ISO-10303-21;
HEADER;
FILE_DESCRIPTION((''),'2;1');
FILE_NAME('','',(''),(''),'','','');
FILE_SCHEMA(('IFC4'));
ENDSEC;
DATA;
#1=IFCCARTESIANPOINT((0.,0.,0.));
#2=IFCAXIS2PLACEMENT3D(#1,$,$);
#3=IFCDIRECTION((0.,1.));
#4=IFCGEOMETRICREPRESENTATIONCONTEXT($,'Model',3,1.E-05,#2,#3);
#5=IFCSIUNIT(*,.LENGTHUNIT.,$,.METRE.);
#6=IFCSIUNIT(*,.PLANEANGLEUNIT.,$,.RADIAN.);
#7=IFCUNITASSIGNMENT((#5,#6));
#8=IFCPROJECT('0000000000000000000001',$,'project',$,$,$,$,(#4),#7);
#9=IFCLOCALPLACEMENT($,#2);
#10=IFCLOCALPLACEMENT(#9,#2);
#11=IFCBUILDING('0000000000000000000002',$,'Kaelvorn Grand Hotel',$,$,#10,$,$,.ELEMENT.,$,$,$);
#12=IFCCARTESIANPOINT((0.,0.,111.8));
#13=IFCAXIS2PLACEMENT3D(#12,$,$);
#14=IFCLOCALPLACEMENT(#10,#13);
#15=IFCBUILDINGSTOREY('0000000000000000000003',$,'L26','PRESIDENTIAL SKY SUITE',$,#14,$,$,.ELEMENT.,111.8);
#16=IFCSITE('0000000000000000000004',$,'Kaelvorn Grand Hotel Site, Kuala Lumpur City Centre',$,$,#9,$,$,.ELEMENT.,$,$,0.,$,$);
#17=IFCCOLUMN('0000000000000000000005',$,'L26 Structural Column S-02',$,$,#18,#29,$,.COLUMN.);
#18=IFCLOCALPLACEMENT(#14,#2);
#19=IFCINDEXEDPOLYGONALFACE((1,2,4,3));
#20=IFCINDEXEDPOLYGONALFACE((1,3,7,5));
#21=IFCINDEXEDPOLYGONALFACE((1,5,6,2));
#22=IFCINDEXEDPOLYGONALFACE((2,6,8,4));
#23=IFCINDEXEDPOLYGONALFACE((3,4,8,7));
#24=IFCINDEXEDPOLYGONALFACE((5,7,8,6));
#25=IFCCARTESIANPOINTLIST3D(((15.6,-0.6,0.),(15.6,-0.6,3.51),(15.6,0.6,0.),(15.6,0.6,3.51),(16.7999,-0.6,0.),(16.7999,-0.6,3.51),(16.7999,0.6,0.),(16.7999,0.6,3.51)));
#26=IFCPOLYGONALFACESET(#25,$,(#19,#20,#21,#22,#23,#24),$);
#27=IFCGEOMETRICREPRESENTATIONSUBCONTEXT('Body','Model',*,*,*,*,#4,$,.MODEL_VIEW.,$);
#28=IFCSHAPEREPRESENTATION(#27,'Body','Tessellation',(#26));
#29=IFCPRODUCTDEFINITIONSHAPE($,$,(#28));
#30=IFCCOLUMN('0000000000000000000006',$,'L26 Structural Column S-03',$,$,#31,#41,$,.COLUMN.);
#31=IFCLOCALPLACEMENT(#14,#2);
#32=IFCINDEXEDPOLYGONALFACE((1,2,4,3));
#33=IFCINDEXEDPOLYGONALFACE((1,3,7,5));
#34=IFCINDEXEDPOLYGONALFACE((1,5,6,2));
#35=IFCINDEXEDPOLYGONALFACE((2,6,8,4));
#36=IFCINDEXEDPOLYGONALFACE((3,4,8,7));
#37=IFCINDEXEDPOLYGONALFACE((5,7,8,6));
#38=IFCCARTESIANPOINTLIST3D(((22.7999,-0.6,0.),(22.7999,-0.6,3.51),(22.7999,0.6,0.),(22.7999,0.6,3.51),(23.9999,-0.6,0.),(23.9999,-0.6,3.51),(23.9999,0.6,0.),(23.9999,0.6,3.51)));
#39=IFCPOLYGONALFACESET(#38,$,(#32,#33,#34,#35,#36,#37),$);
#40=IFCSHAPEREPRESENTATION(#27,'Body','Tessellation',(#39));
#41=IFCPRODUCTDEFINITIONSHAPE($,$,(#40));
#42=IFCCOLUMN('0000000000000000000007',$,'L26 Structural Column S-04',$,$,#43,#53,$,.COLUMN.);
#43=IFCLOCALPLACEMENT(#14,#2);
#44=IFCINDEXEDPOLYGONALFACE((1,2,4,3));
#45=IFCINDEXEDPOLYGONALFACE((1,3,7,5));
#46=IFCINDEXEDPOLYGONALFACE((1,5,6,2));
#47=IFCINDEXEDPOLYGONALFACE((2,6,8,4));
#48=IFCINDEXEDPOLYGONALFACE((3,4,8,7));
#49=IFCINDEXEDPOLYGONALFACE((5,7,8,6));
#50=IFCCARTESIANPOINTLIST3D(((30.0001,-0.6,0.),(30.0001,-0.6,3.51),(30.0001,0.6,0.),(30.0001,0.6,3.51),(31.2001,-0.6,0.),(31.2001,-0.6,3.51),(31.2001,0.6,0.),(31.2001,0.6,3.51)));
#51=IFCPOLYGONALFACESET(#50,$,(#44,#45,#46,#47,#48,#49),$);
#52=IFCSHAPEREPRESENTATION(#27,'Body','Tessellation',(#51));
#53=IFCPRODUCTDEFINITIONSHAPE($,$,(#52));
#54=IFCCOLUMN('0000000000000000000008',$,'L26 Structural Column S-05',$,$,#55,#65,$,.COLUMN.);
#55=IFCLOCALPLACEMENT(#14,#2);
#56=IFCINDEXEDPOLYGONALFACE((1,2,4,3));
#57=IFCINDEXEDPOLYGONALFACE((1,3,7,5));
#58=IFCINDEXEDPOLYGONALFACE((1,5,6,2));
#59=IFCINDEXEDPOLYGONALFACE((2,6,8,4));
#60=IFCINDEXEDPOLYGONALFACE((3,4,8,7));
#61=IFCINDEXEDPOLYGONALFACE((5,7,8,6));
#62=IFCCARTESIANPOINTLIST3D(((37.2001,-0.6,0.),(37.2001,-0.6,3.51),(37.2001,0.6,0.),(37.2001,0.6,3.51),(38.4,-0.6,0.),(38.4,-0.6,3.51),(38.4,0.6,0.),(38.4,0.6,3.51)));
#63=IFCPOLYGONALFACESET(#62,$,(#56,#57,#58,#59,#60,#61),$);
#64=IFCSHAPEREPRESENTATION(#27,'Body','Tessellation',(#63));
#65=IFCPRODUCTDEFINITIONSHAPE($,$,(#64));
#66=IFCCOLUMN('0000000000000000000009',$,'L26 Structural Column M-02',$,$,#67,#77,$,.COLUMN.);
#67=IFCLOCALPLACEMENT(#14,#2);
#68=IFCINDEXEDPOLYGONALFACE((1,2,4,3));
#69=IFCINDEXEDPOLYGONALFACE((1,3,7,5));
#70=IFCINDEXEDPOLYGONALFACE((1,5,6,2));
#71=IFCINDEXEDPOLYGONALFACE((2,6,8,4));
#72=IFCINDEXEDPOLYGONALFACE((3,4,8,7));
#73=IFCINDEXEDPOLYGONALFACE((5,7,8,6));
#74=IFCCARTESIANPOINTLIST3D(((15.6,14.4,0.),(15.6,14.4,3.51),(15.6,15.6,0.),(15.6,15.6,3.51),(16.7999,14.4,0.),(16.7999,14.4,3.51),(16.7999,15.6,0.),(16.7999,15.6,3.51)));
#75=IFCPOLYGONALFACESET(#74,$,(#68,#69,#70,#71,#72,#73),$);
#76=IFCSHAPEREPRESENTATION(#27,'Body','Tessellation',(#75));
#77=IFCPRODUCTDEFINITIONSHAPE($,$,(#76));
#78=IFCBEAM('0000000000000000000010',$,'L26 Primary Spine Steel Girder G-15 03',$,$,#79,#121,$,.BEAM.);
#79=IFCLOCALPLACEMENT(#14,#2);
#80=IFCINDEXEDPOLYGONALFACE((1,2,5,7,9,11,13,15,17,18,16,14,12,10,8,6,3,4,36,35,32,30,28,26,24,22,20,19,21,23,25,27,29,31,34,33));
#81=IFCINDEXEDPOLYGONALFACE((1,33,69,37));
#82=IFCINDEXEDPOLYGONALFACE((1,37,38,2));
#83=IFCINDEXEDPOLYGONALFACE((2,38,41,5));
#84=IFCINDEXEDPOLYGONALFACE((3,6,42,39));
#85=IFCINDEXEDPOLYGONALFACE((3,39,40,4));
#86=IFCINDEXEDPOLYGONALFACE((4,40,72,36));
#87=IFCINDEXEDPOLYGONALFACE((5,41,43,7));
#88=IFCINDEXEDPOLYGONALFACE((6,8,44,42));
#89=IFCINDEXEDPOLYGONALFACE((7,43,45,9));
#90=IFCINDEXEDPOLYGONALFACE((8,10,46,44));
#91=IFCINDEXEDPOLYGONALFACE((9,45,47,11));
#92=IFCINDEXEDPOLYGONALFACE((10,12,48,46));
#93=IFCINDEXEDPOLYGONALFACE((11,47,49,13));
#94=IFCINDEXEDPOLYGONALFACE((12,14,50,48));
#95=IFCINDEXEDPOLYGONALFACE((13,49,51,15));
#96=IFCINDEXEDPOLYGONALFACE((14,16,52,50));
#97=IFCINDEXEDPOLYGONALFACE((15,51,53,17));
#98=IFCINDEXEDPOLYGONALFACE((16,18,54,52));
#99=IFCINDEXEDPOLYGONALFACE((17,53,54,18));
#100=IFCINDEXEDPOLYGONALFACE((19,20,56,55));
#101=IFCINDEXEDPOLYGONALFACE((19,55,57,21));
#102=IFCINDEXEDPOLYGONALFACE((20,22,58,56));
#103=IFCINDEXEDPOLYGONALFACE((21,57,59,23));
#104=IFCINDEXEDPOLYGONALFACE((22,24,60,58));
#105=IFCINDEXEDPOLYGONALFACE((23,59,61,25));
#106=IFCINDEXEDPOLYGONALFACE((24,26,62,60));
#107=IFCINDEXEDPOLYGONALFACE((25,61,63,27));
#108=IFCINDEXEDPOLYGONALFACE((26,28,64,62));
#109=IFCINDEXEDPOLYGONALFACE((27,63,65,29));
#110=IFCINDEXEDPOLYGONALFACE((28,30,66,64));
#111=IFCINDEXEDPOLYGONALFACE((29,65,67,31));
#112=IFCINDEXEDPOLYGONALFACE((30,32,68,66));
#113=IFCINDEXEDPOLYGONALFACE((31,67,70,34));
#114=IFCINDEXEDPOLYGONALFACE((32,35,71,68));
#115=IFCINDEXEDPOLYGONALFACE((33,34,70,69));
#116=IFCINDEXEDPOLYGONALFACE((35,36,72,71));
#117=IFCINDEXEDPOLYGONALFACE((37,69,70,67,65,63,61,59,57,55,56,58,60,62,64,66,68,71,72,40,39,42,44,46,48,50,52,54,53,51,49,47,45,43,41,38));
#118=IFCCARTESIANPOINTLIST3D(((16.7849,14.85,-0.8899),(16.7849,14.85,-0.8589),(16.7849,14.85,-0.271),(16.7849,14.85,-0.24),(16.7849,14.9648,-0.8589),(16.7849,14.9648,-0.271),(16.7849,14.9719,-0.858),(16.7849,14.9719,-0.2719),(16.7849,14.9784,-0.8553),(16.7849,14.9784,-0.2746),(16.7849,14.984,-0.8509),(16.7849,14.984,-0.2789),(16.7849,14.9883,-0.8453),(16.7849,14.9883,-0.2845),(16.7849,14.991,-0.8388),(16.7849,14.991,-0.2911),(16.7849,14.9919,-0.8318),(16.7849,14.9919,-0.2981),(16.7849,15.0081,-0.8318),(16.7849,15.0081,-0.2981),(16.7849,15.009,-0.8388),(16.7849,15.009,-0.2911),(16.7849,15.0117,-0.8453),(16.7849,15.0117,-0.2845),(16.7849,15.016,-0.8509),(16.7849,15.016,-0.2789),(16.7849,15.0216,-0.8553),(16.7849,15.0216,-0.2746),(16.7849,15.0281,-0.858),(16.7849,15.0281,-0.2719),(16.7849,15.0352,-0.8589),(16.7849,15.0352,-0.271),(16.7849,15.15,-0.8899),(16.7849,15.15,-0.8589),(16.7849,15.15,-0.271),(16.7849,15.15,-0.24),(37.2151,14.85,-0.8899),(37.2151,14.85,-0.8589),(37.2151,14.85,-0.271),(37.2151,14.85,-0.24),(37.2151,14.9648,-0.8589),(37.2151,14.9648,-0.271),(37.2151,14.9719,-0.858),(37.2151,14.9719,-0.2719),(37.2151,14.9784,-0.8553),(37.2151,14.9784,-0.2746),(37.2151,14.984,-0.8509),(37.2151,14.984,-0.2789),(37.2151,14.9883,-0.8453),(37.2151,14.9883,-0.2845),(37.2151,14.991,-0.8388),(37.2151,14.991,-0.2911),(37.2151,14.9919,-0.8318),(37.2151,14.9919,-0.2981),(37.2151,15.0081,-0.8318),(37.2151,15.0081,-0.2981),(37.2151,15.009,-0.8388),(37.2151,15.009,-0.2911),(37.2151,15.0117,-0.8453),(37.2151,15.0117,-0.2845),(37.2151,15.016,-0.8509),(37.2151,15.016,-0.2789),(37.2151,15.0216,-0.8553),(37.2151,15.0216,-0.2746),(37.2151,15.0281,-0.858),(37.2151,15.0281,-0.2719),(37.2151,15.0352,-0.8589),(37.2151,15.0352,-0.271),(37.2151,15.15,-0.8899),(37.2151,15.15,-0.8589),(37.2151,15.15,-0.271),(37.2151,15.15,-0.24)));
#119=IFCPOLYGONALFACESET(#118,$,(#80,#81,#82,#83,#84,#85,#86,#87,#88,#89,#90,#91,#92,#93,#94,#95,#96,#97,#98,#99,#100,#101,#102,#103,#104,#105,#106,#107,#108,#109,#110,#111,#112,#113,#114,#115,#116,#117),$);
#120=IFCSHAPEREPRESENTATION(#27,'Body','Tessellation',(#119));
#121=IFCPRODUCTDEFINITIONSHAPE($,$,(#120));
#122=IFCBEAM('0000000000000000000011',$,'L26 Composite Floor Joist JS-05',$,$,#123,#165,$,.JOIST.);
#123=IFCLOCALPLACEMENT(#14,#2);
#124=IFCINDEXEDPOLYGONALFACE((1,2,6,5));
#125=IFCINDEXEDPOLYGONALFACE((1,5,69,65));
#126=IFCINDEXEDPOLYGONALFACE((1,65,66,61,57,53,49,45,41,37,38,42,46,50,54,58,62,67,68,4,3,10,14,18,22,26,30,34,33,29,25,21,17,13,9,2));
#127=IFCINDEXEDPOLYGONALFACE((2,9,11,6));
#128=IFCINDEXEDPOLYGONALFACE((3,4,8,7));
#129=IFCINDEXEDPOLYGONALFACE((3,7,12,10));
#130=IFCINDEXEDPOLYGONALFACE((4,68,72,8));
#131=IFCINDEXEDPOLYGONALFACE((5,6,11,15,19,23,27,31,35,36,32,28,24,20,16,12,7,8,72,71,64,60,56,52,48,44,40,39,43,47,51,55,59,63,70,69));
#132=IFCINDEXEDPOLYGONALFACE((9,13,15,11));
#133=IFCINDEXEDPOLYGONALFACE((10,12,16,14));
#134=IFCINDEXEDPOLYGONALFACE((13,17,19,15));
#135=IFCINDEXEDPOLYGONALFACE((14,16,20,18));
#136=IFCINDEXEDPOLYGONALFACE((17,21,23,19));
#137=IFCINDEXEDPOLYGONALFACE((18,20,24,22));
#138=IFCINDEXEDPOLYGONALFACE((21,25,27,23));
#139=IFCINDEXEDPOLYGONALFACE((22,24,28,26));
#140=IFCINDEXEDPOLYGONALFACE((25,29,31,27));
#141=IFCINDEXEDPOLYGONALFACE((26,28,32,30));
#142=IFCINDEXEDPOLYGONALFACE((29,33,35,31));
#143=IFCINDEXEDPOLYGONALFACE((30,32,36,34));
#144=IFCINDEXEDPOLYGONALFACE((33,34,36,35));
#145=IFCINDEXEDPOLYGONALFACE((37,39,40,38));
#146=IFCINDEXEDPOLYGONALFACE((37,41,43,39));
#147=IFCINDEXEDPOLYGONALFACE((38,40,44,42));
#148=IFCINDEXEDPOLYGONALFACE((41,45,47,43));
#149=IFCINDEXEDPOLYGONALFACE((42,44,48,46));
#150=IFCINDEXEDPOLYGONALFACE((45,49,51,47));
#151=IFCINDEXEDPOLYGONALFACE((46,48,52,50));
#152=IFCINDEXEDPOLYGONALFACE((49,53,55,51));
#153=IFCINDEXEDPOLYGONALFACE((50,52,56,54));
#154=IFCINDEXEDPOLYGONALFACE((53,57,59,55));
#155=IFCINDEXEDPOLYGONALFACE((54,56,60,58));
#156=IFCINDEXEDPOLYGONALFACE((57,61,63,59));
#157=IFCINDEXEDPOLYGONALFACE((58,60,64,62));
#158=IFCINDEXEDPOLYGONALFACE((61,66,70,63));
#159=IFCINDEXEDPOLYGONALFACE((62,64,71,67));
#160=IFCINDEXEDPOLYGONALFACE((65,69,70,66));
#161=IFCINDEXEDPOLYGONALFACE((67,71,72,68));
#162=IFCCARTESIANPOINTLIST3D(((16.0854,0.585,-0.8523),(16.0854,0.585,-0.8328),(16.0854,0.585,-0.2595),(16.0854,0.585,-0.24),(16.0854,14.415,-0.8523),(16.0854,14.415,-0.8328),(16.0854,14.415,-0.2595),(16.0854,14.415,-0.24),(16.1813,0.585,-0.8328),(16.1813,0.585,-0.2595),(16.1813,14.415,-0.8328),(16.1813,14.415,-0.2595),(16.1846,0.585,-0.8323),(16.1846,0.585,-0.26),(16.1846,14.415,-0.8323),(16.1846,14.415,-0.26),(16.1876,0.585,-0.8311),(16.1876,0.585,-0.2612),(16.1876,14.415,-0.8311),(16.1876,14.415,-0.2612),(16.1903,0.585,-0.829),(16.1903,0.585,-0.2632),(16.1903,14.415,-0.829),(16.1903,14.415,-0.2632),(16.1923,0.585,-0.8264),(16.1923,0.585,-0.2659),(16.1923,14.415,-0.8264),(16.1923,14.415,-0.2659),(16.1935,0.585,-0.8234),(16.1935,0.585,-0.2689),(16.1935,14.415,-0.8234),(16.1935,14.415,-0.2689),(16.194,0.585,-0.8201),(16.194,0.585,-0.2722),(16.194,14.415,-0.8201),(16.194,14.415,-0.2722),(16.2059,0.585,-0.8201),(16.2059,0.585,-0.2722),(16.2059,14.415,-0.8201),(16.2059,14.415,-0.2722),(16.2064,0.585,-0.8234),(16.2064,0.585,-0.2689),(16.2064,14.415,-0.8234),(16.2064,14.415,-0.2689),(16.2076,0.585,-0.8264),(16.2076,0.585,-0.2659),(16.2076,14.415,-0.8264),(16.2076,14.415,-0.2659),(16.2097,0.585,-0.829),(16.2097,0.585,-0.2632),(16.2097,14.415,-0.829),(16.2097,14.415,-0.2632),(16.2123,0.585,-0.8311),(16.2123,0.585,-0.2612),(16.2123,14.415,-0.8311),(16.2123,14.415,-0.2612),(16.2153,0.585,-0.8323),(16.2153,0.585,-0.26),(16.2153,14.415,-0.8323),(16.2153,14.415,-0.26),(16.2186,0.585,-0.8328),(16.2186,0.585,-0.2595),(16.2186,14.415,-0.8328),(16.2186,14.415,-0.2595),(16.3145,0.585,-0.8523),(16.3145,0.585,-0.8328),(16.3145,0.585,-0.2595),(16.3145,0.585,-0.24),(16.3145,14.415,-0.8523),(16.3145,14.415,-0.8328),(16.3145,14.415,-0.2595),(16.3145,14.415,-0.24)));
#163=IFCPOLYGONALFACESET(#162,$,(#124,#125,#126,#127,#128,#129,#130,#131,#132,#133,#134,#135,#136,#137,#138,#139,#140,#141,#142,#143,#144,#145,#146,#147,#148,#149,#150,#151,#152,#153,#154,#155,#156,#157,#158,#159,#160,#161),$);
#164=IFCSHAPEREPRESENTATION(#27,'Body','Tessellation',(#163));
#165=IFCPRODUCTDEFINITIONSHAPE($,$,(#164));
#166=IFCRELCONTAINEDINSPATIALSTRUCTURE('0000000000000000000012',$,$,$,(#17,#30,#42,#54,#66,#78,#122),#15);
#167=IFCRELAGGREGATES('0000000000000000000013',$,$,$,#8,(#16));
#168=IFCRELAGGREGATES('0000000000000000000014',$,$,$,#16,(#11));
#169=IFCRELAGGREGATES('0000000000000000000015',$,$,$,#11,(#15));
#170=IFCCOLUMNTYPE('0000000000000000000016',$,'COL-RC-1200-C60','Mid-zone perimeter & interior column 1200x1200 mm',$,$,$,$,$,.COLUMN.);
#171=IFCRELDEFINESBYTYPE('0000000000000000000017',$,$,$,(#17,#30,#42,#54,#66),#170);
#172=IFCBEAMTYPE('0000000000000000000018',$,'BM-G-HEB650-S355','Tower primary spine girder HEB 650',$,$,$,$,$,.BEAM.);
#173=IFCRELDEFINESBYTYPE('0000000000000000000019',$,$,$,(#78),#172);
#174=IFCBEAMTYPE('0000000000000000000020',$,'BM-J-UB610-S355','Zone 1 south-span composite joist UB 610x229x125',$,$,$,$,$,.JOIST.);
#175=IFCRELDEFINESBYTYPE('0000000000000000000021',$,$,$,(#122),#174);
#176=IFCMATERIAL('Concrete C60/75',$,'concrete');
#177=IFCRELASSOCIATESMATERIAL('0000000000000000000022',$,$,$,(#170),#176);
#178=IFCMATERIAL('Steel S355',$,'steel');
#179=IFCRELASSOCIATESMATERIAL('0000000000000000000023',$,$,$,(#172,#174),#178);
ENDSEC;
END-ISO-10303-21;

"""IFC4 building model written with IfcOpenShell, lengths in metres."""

from ifc_helpers import new_model, si_unit, direction, frame, origin, origin_2d, place, context, subcontext, project, spatial, rectangle, i_section, extrude, material, material_profile, profile_set, type_object, element, save


model = new_model("IFC4")

# Units and contexts
model_context = context("Model", 3, precision=1e-05, world=origin(), true_north=direction((0.0, 1.0)))
body_context = subcontext(model_context, "Body", "Model", "MODEL_VIEW")
ifc_project = project(units=[si_unit("LENGTHUNIT", "METRE"), si_unit("PLANEANGLEUNIT", "RADIAN")], contexts=[model_context])

# Site, building, storey
site_placement = place(None, origin())
site = spatial("IfcSite", under=ifc_project, at=site_placement, Name="Kaelvorn Grand Hotel Site, Kuala Lumpur City Centre", CompositionType="ELEMENT", RefElevation=0.0)
building_placement = place(site_placement, origin())
building = spatial("IfcBuilding", under=site, at=building_placement, Name="Kaelvorn Grand Hotel", CompositionType="ELEMENT")
storey_placement = place(building_placement, frame((0.0, 0.0, 111.8)))
storey = spatial("IfcBuildingStorey", under=building, at=storey_placement, Name="L26", Description="PRESIDENTIAL SKY SUITE", CompositionType="ELEMENT", Elevation=111.8)

# Columns
ifc_material_1 = material(Name="Concrete C60/75", Category="concrete")
ifc_material_profile_1 = material_profile(ifc_material_1, rectangle(XDim=1.2, YDim=1.2, at=origin_2d()), Name="RC COL 1200x1200")
ifc_profile_set_1 = profile_set([ifc_material_profile_1], Name="Concrete C60/75")
column_type = type_object("IfcColumnType", Name="COL-RC-1200-C60", Description="Mid-zone perimeter & interior column 1200x1200 mm", PredefinedType="COLUMN", material=ifc_profile_set_1)
for number, where, z_axis, x_axis, name in (
    (1, (16.2, 0.0, 0.0), (0.0, 0.0, 1.0), (1.0, 0.0, 0.0), "L26 Structural Column S-02"),
    (2, (23.3999, 0.0, 0.0), (0.0, 0.0, 1.0), (1.0, 0.0, 0.0), "L26 Structural Column S-03"),
    (3, (30.6001, 0.0, 0.0), (0.0, 0.0, 1.0), (1.0, 0.0, 0.0), "L26 Structural Column S-04"),
    (4, (37.8, 0.0, 0.0), (0.0, 0.0, 1.0), (1.0, 0.0, 0.0), "L26 Structural Column S-05"),
    (5, (16.2, 15.0, 0.0), (0.0, 0.0, 1.0), (1.0, 0.0, 0.0), "L26 Structural Column M-02"),
):
    element("IfcColumn", number, at=place(storey_placement, frame(where, z_axis=z_axis, x_axis=x_axis)), inside=storey, type_object=column_type, Name=name, PredefinedType="COLUMN", context=body_context, shape_type="SweptSolid", body=[
        extrude(rectangle(XDim=1.2, YDim=1.2, at=origin_2d()), origin(), (0.0, 0.0, 1.0), 3.51),
    ])

# Beams
ifc_material_2 = material(Name="Steel S355", Category="steel")
ifc_material_profile_2 = material_profile(ifc_material_2, i_section(OverallWidth=0.3, OverallDepth=0.6499, WebThickness=0.0161, FlangeThickness=0.031, FilletRadius=0.0271, at=origin_2d()), Name="HEB 650")
ifc_profile_set_2 = profile_set([ifc_material_profile_2], Name="Steel S355")
beam_type_1 = type_object("IfcBeamType", Name="BM-G-HEB650-S355", Description="Tower primary spine girder HEB 650", PredefinedType="BEAM", material=ifc_profile_set_2)
beam_1_placement = place(storey_placement, frame((16.7849, 15.0, -0.5649), z_axis=(1.0, 0.0, 0.0), x_axis=(0.0, 1.0, 0.0)))
element("IfcBeam", 6, at=beam_1_placement, inside=storey, type_object=beam_type_1, Name="L26 Primary Spine Steel Girder G-15 03", PredefinedType="BEAM", context=body_context, shape_type="SweptSolid", body=[
    extrude(i_section(OverallWidth=0.3, OverallDepth=0.6499, WebThickness=0.0161, FlangeThickness=0.031, FilletRadius=0.0271, at=origin_2d()), origin(), (0.0, 0.0, 1.0), 20.4302),
])
ifc_material_profile_3 = material_profile(ifc_material_2, i_section(OverallWidth=0.229, OverallDepth=0.6123, WebThickness=0.012, FlangeThickness=0.0195, FilletRadius=0.0127, at=origin_2d()), Name="UB 610x229x125")
ifc_profile_set_3 = profile_set([ifc_material_profile_3], Name="Steel S355")
beam_type_2 = type_object("IfcBeamType", Name="BM-J-UB610-S355", Description="Zone 1 south-span composite joist UB 610x229x125", PredefinedType="JOIST", material=ifc_profile_set_3)
beam_2_placement = place(storey_placement, frame((16.2, 0.585, -0.5461), z_axis=(0.0, 1.0, 0.0), x_axis=(-1.0, 0.0, 0.0)))
element("IfcBeam", 7, at=beam_2_placement, inside=storey, type_object=beam_type_2, Name="L26 Composite Floor Joist JS-05", PredefinedType="JOIST", context=body_context, shape_type="SweptSolid", body=[
    extrude(i_section(OverallWidth=0.229, OverallDepth=0.6123, WebThickness=0.012, FlangeThickness=0.0195, FilletRadius=0.0127, at=origin_2d()), origin(), (0.0, 0.0, 1.0), 13.8301),
])

save(model, "model.ifc")
